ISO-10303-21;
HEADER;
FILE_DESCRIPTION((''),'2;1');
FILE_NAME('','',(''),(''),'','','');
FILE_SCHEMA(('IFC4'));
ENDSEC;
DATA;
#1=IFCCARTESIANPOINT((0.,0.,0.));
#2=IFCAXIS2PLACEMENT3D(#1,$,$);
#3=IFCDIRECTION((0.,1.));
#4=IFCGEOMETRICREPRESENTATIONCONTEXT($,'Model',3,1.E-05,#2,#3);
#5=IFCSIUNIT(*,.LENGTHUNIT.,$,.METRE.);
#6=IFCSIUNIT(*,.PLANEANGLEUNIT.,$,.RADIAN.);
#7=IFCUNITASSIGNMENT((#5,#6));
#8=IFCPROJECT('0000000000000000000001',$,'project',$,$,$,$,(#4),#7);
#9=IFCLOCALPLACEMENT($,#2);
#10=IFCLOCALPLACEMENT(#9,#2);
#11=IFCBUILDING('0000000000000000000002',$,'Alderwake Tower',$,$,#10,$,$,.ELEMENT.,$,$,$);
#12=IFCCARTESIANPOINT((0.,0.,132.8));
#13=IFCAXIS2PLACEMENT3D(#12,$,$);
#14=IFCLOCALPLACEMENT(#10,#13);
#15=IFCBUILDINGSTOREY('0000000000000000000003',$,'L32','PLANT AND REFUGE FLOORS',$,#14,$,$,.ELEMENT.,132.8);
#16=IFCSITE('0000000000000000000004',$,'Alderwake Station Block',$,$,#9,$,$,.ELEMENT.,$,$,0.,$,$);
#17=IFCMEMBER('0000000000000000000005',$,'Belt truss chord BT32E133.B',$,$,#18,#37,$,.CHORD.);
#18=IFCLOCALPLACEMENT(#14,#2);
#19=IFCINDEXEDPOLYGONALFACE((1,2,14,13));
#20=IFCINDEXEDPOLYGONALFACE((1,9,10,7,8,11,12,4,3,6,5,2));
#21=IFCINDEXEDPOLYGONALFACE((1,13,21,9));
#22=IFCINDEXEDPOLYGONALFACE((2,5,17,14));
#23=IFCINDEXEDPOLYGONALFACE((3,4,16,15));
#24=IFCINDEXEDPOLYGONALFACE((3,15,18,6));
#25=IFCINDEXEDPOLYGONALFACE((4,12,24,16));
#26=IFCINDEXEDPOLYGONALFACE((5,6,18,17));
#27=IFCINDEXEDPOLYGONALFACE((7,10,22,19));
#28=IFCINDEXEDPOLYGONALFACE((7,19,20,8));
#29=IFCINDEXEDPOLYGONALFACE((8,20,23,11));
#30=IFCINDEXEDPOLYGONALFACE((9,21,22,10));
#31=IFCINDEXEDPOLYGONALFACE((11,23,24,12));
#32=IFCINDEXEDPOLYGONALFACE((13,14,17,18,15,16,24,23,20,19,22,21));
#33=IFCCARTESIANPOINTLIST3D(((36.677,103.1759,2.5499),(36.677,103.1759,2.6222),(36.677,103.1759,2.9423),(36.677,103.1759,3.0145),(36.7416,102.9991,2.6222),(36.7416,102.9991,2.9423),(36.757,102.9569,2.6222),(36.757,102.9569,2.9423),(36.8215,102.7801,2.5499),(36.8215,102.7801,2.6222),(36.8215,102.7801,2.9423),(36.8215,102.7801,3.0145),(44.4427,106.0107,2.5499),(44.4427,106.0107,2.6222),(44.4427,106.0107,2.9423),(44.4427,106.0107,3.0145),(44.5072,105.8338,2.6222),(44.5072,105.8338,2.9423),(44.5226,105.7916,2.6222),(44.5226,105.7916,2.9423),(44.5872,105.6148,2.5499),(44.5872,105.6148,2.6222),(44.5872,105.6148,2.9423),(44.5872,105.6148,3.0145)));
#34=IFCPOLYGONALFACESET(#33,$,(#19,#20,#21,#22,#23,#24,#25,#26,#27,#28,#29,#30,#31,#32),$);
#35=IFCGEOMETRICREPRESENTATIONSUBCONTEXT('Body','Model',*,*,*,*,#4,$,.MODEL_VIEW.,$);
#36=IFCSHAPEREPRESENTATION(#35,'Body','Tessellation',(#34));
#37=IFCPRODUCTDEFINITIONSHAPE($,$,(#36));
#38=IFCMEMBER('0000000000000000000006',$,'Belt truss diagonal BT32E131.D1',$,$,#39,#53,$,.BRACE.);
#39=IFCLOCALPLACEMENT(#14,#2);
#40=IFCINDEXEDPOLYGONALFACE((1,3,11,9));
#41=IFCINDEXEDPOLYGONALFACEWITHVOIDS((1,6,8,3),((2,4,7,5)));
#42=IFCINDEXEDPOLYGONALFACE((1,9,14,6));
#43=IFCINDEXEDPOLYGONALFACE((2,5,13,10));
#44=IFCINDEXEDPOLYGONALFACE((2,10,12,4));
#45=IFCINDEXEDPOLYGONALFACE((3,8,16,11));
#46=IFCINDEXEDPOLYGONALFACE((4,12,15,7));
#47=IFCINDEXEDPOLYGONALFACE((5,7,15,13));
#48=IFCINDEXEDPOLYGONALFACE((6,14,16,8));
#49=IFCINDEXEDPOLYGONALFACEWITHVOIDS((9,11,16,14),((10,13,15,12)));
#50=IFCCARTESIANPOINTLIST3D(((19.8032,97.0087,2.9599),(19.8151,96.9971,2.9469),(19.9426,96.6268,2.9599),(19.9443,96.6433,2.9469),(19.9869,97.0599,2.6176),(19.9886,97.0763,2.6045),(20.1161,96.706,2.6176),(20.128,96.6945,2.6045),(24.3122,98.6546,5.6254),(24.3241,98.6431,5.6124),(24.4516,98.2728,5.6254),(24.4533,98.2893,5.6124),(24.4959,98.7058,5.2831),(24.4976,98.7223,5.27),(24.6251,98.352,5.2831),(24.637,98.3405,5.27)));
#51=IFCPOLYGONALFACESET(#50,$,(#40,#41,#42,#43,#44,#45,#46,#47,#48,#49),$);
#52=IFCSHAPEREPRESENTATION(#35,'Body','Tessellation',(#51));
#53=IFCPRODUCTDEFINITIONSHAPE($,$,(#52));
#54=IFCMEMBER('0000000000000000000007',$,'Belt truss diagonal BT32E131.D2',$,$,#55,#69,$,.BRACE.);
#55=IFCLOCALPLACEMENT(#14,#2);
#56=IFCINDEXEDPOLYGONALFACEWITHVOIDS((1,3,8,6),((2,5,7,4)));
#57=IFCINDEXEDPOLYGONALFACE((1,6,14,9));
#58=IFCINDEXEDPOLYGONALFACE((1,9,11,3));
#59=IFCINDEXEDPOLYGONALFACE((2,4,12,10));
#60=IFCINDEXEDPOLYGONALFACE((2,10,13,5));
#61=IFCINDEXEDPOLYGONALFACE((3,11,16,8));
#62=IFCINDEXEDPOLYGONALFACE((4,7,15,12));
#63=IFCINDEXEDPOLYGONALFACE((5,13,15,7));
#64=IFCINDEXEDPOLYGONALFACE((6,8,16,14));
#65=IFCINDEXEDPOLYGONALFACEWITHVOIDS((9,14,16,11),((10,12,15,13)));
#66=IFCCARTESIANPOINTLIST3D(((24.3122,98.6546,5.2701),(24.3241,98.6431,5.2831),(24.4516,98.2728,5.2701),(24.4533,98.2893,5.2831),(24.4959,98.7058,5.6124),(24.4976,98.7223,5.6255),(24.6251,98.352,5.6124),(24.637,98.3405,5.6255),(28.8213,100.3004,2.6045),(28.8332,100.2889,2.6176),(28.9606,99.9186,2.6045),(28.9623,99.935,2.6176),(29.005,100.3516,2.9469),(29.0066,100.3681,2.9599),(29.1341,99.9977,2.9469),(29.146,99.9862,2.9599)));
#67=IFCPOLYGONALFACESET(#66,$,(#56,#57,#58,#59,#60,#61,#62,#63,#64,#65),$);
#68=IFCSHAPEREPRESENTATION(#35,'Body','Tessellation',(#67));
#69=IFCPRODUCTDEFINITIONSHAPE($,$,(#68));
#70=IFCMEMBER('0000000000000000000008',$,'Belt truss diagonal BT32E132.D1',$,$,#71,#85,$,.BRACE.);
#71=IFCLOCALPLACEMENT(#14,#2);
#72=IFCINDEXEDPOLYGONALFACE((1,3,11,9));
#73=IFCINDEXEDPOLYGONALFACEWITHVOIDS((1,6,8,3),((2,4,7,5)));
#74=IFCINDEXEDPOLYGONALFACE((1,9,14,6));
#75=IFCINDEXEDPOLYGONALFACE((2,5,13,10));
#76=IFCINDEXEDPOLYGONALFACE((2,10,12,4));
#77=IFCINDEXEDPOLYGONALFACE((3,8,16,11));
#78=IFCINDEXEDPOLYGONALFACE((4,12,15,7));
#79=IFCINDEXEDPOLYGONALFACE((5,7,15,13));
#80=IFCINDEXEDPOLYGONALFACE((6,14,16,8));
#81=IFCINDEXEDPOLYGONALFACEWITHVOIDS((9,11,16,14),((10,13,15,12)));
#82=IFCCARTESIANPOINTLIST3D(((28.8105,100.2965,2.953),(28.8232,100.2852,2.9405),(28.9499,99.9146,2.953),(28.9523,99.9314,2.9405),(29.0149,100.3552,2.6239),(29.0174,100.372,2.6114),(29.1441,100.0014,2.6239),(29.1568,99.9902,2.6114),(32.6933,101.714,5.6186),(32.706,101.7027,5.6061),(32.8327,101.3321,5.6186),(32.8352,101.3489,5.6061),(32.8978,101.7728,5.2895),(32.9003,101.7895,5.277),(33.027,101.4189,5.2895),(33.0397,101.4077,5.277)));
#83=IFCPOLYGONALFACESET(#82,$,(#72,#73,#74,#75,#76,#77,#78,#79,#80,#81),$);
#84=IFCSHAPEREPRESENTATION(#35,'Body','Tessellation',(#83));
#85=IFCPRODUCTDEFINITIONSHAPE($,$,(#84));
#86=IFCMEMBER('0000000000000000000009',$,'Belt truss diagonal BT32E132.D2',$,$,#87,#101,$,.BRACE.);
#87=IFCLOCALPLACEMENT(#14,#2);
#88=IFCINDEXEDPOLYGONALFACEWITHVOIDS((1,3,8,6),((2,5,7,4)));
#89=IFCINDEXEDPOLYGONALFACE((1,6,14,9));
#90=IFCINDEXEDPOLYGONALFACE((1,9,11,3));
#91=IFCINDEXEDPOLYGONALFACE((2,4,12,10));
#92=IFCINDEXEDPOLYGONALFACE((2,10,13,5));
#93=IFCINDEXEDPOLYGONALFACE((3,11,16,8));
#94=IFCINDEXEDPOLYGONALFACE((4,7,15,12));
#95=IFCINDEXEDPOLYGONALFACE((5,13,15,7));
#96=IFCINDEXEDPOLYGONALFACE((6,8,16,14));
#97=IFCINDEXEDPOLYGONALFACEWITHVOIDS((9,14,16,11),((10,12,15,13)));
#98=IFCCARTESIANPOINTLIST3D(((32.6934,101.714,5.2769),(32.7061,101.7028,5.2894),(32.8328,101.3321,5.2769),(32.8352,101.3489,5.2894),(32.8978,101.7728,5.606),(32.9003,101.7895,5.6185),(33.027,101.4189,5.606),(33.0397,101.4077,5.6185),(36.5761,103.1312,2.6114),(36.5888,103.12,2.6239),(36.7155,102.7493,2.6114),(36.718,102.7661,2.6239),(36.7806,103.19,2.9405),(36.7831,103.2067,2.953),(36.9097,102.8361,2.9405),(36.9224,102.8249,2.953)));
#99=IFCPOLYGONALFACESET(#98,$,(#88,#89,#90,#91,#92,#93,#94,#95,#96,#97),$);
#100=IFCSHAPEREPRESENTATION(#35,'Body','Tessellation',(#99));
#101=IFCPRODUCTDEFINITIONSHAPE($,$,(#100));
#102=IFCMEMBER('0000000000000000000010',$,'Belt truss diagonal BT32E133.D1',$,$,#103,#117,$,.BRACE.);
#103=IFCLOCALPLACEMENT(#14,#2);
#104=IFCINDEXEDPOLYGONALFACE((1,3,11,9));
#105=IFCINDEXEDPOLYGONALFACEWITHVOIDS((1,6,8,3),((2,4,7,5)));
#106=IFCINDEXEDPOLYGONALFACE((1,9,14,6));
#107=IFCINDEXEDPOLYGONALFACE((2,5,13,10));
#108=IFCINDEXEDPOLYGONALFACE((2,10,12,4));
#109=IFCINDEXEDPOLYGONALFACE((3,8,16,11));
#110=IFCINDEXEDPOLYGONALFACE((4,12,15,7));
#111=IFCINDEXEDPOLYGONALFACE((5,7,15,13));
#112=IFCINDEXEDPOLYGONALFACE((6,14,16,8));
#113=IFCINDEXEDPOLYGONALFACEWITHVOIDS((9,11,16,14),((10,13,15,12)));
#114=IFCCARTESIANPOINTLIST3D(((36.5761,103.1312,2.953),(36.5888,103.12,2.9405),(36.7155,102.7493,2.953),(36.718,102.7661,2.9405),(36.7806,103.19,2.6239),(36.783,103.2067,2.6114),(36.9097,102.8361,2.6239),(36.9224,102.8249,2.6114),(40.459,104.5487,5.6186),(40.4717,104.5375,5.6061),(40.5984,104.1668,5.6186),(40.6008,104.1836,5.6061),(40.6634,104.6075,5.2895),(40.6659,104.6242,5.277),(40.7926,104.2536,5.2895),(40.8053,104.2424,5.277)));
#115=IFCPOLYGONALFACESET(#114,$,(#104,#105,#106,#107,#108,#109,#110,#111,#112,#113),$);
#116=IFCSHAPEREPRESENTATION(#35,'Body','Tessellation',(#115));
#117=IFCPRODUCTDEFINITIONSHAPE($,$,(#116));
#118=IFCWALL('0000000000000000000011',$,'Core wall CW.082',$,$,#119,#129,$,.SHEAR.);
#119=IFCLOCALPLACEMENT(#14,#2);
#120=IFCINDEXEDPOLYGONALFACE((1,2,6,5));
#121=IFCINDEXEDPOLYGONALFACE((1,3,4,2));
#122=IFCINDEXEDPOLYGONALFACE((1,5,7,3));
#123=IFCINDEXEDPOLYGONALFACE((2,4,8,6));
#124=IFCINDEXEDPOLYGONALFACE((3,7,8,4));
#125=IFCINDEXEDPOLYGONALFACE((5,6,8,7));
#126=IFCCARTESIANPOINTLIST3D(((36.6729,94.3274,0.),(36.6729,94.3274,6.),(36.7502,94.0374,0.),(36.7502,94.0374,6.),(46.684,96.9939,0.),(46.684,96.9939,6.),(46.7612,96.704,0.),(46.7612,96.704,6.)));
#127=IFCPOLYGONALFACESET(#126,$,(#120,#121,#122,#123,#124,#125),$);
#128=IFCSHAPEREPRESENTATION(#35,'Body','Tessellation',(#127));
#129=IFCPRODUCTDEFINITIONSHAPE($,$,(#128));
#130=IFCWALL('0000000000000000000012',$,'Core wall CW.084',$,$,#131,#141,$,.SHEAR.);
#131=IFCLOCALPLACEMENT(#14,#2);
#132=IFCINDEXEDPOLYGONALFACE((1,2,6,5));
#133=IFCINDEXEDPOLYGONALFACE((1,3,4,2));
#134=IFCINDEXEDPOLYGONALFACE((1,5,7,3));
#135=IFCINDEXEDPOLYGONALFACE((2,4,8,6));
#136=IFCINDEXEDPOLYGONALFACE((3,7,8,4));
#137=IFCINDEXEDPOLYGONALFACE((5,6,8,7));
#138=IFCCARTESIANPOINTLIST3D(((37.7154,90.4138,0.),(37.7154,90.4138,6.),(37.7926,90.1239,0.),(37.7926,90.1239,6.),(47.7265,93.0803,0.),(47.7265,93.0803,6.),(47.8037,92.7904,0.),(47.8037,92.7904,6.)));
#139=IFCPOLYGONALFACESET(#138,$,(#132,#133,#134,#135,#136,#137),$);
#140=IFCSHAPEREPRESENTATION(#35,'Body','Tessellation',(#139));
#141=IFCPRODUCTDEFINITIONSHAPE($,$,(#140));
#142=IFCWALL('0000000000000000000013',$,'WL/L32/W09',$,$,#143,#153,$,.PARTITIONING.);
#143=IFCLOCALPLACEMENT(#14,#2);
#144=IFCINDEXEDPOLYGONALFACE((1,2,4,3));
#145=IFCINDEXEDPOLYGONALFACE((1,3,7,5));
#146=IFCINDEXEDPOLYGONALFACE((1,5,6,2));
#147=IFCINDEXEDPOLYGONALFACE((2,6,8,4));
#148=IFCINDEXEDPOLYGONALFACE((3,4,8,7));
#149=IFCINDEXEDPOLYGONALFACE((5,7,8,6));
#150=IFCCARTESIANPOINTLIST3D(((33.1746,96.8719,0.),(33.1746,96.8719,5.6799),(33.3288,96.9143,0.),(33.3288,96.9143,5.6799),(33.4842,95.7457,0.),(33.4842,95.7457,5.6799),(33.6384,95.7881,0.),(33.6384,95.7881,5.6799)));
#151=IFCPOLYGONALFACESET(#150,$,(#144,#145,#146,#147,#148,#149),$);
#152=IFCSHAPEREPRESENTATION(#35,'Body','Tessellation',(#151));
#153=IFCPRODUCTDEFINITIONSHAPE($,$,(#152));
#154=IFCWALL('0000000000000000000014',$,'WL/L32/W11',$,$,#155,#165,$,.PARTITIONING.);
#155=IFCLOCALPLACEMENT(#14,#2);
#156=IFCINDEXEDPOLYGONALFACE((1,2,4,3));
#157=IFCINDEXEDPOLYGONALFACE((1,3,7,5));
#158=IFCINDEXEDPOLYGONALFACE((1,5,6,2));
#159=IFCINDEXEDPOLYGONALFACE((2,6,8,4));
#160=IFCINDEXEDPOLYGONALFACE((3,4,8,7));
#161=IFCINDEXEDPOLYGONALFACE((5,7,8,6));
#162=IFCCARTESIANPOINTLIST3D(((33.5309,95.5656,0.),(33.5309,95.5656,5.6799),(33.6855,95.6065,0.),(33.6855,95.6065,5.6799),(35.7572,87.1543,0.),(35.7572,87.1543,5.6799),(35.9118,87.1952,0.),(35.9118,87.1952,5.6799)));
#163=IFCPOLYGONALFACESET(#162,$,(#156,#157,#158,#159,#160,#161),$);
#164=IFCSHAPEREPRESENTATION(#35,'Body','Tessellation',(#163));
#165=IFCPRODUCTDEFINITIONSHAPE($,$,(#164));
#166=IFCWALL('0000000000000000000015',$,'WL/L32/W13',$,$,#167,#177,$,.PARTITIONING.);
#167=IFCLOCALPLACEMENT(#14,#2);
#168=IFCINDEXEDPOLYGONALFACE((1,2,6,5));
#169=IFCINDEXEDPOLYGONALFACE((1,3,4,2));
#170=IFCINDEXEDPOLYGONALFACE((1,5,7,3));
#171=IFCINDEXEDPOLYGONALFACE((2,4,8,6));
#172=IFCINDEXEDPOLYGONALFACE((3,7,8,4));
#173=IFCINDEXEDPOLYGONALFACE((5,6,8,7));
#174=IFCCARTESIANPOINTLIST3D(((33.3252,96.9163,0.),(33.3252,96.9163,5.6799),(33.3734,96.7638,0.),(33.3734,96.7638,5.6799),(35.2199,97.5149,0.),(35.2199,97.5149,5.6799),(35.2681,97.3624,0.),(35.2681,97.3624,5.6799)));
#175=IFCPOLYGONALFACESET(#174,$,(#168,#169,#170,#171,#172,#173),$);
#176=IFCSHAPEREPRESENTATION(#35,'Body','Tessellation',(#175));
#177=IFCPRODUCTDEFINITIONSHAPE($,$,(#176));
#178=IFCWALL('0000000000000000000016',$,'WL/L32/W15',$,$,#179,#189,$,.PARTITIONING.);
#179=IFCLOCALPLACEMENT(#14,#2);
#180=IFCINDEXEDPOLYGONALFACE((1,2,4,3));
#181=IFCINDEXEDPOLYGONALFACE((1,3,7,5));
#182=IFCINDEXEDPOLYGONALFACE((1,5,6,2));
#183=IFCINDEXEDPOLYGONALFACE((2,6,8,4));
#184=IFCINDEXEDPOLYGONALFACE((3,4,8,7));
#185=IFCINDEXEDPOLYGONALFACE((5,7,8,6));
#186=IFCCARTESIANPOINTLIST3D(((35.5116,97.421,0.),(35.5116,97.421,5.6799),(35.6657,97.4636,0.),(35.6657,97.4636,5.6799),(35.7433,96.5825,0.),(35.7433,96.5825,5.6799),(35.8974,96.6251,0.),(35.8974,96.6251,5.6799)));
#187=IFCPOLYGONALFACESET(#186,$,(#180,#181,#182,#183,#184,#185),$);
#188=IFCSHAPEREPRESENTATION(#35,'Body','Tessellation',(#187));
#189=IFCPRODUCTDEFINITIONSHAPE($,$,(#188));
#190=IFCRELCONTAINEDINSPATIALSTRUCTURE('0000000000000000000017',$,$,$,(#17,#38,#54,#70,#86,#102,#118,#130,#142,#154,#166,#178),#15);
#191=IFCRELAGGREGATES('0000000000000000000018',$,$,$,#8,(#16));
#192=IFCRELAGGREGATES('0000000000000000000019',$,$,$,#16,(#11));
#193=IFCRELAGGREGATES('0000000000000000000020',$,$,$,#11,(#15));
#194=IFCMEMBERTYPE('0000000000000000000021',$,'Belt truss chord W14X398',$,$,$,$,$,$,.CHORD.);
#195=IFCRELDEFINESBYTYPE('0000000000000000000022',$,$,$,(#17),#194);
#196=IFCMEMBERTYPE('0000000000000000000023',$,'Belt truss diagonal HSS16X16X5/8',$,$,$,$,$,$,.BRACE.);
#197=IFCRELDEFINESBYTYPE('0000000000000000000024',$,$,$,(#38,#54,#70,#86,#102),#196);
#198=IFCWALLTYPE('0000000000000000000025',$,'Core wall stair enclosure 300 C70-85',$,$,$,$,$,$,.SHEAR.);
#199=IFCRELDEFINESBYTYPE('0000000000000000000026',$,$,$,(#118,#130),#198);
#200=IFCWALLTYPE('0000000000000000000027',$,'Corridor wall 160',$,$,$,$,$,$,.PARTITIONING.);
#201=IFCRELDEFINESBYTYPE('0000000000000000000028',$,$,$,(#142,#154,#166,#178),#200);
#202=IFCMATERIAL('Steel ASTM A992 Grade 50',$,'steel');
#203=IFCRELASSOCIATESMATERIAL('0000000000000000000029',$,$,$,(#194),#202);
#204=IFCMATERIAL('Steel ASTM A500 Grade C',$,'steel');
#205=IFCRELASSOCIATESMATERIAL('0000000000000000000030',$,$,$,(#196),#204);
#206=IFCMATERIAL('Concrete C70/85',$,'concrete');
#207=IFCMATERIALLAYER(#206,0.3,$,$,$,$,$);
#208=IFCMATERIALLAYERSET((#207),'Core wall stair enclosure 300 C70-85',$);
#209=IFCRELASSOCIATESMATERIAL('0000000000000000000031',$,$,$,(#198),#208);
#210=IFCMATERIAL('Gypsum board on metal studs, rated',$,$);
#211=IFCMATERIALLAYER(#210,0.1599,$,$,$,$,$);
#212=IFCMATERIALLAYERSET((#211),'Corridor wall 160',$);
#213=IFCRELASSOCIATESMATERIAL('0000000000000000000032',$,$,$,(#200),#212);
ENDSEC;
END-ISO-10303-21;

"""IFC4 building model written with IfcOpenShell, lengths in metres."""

from ifc_helpers import new_model, si_unit, direction, frame, frame_2d, origin, origin_2d, place, context, subcontext, project, spatial, rectangle, hollow_rectangle, i_section, extrude, material, layer, layer_set, material_profile, profile_set, type_object, element, save


model = new_model("IFC4")

# Units and contexts
model_context = context("Model", 3, precision=1e-05, world=origin(), true_north=direction((0.0, 1.0)))
body_context = subcontext(model_context, "Body", "Model", "MODEL_VIEW")
ifc_project = project(units=[si_unit("LENGTHUNIT", "METRE"), si_unit("PLANEANGLEUNIT", "RADIAN")], contexts=[model_context])

# Site, building, storey
site_placement = place(None, origin())
site = spatial("IfcSite", under=ifc_project, at=site_placement, Name="Alderwake Station Block", CompositionType="ELEMENT", RefElevation=0.0)
building_placement = place(site_placement, origin())
building = spatial("IfcBuilding", under=site, at=building_placement, Name="Alderwake Tower", CompositionType="ELEMENT")
storey_placement = place(building_placement, frame((0.0, 0.0, 132.8)))
storey = spatial("IfcBuildingStorey", under=building, at=storey_placement, Name="L32", Description="PLANT AND REFUGE FLOORS", CompositionType="ELEMENT", Elevation=132.8)

# Members
ifc_material_1 = material(Name="Steel ASTM A992 Grade 50", Category="steel")
ifc_material_profile_1 = material_profile(ifc_material_1, i_section(OverallWidth=0.4214, OverallDepth=0.4646, WebThickness=0.0449, FlangeThickness=0.0723, at=origin_2d()), Name="W14X398")
ifc_profile_set_1 = profile_set([ifc_material_profile_1], Name="Steel ASTM A992 Grade 50")
member_type_1 = type_object("IfcMemberType", Name="Belt truss chord W14X398", PredefinedType="CHORD", material=ifc_profile_set_1)
for number, where, z_axis, x_axis, name in (
    (1, (36.7493, 102.978, 2.7822), (0.939371, 0.342902, 0.0), (-0.342902, 0.939371, 0.0), "Belt truss chord BT32E133.B"),
):
    element("IfcMember", number, at=place(storey_placement, frame(where, z_axis=z_axis, x_axis=x_axis)), inside=storey, type_object=member_type_1, Name=name, PredefinedType="CHORD", context=body_context, shape_type="SweptSolid", body=[
        extrude(i_section(OverallWidth=0.4214, OverallDepth=0.4646, WebThickness=0.0449, FlangeThickness=0.0723, at=origin_2d()), origin(), (0.0, 0.0, 1.0), 8.2668),
    ])
ifc_material_2 = material(Name="Steel ASTM A500 Grade C", Category="steel")
ifc_material_profile_2 = material_profile(ifc_material_2, hollow_rectangle(XDim=0.4065, YDim=0.4065, WallThickness=0.0149, at=origin_2d()), Name="HSS16X16X5/8")
ifc_profile_set_2 = profile_set([ifc_material_profile_2], Name="Steel ASTM A500 Grade C")
member_type_2 = type_object("IfcMemberType", Name="Belt truss diagonal HSS16X16X5/8", PredefinedType="BRACE", material=ifc_profile_set_2)
for number, where, z_axis, x_axis, name in (
    (2, (19.9656, 96.8516, 2.7822), (0.821241, 0.299789, 0.485479), (-0.342911, 0.939368, 0.0), "Belt truss diagonal BT32E131.D1"),
    (3, (28.9836, 100.1433, 2.7822), (-0.821252, -0.299749, 0.485485), (0.342866, -0.939384, 0.0), "Belt truss diagonal BT32E131.D2"),
):
    element("IfcMember", number, at=place(storey_placement, frame(where, z_axis=z_axis, x_axis=x_axis)), inside=storey, type_object=member_type_2, Name=name, PredefinedType="BRACE", context=body_context, shape_type="SweptSolid", body=[
        extrude(hollow_rectangle(XDim=0.4065, YDim=0.4065, WallThickness=0.0149, at=origin_2d()), origin(), (0.0, 0.0, 1.0), 5.4905),
    ])
member_1_placement = place(storey_placement, frame((28.9836, 100.1433, 2.7822), z_axis=(0.789449, 0.2882, 0.541952), x_axis=(-0.342928, 0.939362, 0.0)))
element("IfcMember", 4, at=member_1_placement, inside=storey, type_object=member_type_2, Name="Belt truss diagonal BT32E132.D1", PredefinedType="BRACE", context=body_context, shape_type="SweptSolid", body=[
    extrude(hollow_rectangle(XDim=0.4065, YDim=0.4065, WallThickness=0.0149, at=origin_2d()), origin(), (0.0, 0.0, 1.0), 4.9185),
])
member_2_placement = place(storey_placement, frame((36.7493, 102.978, 2.7822), z_axis=(-0.78946, -0.288155, 0.541959), x_axis=(0.342876, -0.939381, 0.0)))
element("IfcMember", 5, at=member_2_placement, inside=storey, type_object=member_type_2, Name="Belt truss diagonal BT32E132.D2", PredefinedType="BRACE", context=body_context, shape_type="SweptSolid", body=[
    extrude(hollow_rectangle(XDim=0.4065, YDim=0.4065, WallThickness=0.0149, at=origin_2d()), origin(), (0.0, 0.0, 1.0), 4.9182),
])
member_3_placement = place(storey_placement, frame((36.7493, 102.978, 2.7822), z_axis=(0.789449, 0.2882, 0.541952), x_axis=(-0.342928, 0.939362, 0.0)))
element("IfcMember", 6, at=member_3_placement, inside=storey, type_object=member_type_2, Name="Belt truss diagonal BT32E133.D1", PredefinedType="BRACE", context=body_context, shape_type="SweptSolid", body=[
    extrude(hollow_rectangle(XDim=0.4065, YDim=0.4065, WallThickness=0.0149, at=origin_2d()), origin(), (0.0, 0.0, 1.0), 4.9185),
])

# Walls
ifc_material_3 = material(Name="Concrete C70/85", Category="concrete")
ifc_layer_1 = layer(ifc_material_3, 0.3)
ifc_layer_set_1 = layer_set([ifc_layer_1], Name="Core wall stair enclosure 300 C70-85")
wall_type_1 = type_object("IfcWallType", Name="Core wall stair enclosure 300 C70-85", PredefinedType="SHEAR", material=ifc_layer_set_1)
for number, where, z_axis, x_axis, name in (
    (7, (36.7114, 94.1824, 0.0), (0.0, 0.0, 1.0), (0.966309, 0.257384, 0.0), "Core wall CW.082"),
    (8, (37.7539, 90.2688, 0.0), (0.0, 0.0, 1.0), (0.966309, 0.257384, 0.0), "Core wall CW.084"),
):
    element("IfcWall", number, at=place(storey_placement, frame(where, z_axis=z_axis, x_axis=x_axis)), inside=storey, type_object=wall_type_1, Name=name, PredefinedType="SHEAR", context=body_context, shape_type="SweptSolid", body=[
        extrude(rectangle(XDim=10.3601, YDim=0.3, at=frame_2d((5.1802, 0.0))), origin(), (0.0, 0.0, 1.0), 6.0),
    ])
ifc_material_4 = material(Name="Gypsum board on metal studs, rated")
ifc_layer_2 = layer(ifc_material_4, 0.1599)
ifc_layer_set_2 = layer_set([ifc_layer_2], Name="Corridor wall 160")
wall_type_2 = type_object("IfcWallType", Name="Corridor wall 160", PredefinedType="PARTITIONING", material=ifc_layer_set_2)
wall_1_placement = place(storey_placement, frame((33.2517, 96.8931, 0.0), z_axis=(0.0, 0.0, 1.0), x_axis=(0.265045, -0.964236, 0.0)))
element("IfcWall", 9, at=wall_1_placement, inside=storey, type_object=wall_type_2, Name="WL/L32/W09", PredefinedType="PARTITIONING", context=body_context, shape_type="SweptSolid", body=[
    extrude(rectangle(XDim=1.168, YDim=0.1599, at=frame_2d((0.584, 0.0))), origin(), (0.0, 0.0, 1.0), 5.6799),
])
wall_2_placement = place(storey_placement, frame((33.6082, 95.5862, 0.0), z_axis=(0.0, 0.0, 1.0), x_axis=(0.255869, -0.966712, 0.0)))
element("IfcWall", 10, at=wall_2_placement, inside=storey, type_object=wall_type_2, Name="WL/L32/W11", PredefinedType="PARTITIONING", context=body_context, shape_type="SweptSolid", body=[
    extrude(rectangle(XDim=8.7009, YDim=0.1599, at=frame_2d((4.3506, 0.0))), origin(), (0.0, 0.0, 1.0), 5.6799),
])
wall_3_placement = place(storey_placement, frame((35.2441, 97.4387, 0.0), z_axis=(0.0, 0.0, 1.0), x_axis=(-0.953542, -0.301261, 0.0)))
element("IfcWall", 11, at=wall_3_placement, inside=storey, type_object=wall_type_2, Name="WL/L32/W13", PredefinedType="PARTITIONING", context=body_context, shape_type="SweptSolid", body=[
    extrude(rectangle(XDim=1.9871, YDim=0.1599, at=frame_2d((0.9937, 0.0))), origin(), (0.0, 0.0, 1.0), 5.6799),
])
wall_4_placement = place(storey_placement, frame((35.5886, 97.4424, 0.0), z_axis=(0.0, 0.0, 1.0), x_axis=(0.26637, -0.963871, 0.0)))
element("IfcWall", 12, at=wall_4_placement, inside=storey, type_object=wall_type_2, Name="WL/L32/W15", PredefinedType="PARTITIONING", context=body_context, shape_type="SweptSolid", body=[
    extrude(rectangle(XDim=0.8699, YDim=0.1599, at=frame_2d((0.4351, 0.0))), origin(), (0.0, 0.0, 1.0), 5.6799),
])

save(model, "model.ifc")
